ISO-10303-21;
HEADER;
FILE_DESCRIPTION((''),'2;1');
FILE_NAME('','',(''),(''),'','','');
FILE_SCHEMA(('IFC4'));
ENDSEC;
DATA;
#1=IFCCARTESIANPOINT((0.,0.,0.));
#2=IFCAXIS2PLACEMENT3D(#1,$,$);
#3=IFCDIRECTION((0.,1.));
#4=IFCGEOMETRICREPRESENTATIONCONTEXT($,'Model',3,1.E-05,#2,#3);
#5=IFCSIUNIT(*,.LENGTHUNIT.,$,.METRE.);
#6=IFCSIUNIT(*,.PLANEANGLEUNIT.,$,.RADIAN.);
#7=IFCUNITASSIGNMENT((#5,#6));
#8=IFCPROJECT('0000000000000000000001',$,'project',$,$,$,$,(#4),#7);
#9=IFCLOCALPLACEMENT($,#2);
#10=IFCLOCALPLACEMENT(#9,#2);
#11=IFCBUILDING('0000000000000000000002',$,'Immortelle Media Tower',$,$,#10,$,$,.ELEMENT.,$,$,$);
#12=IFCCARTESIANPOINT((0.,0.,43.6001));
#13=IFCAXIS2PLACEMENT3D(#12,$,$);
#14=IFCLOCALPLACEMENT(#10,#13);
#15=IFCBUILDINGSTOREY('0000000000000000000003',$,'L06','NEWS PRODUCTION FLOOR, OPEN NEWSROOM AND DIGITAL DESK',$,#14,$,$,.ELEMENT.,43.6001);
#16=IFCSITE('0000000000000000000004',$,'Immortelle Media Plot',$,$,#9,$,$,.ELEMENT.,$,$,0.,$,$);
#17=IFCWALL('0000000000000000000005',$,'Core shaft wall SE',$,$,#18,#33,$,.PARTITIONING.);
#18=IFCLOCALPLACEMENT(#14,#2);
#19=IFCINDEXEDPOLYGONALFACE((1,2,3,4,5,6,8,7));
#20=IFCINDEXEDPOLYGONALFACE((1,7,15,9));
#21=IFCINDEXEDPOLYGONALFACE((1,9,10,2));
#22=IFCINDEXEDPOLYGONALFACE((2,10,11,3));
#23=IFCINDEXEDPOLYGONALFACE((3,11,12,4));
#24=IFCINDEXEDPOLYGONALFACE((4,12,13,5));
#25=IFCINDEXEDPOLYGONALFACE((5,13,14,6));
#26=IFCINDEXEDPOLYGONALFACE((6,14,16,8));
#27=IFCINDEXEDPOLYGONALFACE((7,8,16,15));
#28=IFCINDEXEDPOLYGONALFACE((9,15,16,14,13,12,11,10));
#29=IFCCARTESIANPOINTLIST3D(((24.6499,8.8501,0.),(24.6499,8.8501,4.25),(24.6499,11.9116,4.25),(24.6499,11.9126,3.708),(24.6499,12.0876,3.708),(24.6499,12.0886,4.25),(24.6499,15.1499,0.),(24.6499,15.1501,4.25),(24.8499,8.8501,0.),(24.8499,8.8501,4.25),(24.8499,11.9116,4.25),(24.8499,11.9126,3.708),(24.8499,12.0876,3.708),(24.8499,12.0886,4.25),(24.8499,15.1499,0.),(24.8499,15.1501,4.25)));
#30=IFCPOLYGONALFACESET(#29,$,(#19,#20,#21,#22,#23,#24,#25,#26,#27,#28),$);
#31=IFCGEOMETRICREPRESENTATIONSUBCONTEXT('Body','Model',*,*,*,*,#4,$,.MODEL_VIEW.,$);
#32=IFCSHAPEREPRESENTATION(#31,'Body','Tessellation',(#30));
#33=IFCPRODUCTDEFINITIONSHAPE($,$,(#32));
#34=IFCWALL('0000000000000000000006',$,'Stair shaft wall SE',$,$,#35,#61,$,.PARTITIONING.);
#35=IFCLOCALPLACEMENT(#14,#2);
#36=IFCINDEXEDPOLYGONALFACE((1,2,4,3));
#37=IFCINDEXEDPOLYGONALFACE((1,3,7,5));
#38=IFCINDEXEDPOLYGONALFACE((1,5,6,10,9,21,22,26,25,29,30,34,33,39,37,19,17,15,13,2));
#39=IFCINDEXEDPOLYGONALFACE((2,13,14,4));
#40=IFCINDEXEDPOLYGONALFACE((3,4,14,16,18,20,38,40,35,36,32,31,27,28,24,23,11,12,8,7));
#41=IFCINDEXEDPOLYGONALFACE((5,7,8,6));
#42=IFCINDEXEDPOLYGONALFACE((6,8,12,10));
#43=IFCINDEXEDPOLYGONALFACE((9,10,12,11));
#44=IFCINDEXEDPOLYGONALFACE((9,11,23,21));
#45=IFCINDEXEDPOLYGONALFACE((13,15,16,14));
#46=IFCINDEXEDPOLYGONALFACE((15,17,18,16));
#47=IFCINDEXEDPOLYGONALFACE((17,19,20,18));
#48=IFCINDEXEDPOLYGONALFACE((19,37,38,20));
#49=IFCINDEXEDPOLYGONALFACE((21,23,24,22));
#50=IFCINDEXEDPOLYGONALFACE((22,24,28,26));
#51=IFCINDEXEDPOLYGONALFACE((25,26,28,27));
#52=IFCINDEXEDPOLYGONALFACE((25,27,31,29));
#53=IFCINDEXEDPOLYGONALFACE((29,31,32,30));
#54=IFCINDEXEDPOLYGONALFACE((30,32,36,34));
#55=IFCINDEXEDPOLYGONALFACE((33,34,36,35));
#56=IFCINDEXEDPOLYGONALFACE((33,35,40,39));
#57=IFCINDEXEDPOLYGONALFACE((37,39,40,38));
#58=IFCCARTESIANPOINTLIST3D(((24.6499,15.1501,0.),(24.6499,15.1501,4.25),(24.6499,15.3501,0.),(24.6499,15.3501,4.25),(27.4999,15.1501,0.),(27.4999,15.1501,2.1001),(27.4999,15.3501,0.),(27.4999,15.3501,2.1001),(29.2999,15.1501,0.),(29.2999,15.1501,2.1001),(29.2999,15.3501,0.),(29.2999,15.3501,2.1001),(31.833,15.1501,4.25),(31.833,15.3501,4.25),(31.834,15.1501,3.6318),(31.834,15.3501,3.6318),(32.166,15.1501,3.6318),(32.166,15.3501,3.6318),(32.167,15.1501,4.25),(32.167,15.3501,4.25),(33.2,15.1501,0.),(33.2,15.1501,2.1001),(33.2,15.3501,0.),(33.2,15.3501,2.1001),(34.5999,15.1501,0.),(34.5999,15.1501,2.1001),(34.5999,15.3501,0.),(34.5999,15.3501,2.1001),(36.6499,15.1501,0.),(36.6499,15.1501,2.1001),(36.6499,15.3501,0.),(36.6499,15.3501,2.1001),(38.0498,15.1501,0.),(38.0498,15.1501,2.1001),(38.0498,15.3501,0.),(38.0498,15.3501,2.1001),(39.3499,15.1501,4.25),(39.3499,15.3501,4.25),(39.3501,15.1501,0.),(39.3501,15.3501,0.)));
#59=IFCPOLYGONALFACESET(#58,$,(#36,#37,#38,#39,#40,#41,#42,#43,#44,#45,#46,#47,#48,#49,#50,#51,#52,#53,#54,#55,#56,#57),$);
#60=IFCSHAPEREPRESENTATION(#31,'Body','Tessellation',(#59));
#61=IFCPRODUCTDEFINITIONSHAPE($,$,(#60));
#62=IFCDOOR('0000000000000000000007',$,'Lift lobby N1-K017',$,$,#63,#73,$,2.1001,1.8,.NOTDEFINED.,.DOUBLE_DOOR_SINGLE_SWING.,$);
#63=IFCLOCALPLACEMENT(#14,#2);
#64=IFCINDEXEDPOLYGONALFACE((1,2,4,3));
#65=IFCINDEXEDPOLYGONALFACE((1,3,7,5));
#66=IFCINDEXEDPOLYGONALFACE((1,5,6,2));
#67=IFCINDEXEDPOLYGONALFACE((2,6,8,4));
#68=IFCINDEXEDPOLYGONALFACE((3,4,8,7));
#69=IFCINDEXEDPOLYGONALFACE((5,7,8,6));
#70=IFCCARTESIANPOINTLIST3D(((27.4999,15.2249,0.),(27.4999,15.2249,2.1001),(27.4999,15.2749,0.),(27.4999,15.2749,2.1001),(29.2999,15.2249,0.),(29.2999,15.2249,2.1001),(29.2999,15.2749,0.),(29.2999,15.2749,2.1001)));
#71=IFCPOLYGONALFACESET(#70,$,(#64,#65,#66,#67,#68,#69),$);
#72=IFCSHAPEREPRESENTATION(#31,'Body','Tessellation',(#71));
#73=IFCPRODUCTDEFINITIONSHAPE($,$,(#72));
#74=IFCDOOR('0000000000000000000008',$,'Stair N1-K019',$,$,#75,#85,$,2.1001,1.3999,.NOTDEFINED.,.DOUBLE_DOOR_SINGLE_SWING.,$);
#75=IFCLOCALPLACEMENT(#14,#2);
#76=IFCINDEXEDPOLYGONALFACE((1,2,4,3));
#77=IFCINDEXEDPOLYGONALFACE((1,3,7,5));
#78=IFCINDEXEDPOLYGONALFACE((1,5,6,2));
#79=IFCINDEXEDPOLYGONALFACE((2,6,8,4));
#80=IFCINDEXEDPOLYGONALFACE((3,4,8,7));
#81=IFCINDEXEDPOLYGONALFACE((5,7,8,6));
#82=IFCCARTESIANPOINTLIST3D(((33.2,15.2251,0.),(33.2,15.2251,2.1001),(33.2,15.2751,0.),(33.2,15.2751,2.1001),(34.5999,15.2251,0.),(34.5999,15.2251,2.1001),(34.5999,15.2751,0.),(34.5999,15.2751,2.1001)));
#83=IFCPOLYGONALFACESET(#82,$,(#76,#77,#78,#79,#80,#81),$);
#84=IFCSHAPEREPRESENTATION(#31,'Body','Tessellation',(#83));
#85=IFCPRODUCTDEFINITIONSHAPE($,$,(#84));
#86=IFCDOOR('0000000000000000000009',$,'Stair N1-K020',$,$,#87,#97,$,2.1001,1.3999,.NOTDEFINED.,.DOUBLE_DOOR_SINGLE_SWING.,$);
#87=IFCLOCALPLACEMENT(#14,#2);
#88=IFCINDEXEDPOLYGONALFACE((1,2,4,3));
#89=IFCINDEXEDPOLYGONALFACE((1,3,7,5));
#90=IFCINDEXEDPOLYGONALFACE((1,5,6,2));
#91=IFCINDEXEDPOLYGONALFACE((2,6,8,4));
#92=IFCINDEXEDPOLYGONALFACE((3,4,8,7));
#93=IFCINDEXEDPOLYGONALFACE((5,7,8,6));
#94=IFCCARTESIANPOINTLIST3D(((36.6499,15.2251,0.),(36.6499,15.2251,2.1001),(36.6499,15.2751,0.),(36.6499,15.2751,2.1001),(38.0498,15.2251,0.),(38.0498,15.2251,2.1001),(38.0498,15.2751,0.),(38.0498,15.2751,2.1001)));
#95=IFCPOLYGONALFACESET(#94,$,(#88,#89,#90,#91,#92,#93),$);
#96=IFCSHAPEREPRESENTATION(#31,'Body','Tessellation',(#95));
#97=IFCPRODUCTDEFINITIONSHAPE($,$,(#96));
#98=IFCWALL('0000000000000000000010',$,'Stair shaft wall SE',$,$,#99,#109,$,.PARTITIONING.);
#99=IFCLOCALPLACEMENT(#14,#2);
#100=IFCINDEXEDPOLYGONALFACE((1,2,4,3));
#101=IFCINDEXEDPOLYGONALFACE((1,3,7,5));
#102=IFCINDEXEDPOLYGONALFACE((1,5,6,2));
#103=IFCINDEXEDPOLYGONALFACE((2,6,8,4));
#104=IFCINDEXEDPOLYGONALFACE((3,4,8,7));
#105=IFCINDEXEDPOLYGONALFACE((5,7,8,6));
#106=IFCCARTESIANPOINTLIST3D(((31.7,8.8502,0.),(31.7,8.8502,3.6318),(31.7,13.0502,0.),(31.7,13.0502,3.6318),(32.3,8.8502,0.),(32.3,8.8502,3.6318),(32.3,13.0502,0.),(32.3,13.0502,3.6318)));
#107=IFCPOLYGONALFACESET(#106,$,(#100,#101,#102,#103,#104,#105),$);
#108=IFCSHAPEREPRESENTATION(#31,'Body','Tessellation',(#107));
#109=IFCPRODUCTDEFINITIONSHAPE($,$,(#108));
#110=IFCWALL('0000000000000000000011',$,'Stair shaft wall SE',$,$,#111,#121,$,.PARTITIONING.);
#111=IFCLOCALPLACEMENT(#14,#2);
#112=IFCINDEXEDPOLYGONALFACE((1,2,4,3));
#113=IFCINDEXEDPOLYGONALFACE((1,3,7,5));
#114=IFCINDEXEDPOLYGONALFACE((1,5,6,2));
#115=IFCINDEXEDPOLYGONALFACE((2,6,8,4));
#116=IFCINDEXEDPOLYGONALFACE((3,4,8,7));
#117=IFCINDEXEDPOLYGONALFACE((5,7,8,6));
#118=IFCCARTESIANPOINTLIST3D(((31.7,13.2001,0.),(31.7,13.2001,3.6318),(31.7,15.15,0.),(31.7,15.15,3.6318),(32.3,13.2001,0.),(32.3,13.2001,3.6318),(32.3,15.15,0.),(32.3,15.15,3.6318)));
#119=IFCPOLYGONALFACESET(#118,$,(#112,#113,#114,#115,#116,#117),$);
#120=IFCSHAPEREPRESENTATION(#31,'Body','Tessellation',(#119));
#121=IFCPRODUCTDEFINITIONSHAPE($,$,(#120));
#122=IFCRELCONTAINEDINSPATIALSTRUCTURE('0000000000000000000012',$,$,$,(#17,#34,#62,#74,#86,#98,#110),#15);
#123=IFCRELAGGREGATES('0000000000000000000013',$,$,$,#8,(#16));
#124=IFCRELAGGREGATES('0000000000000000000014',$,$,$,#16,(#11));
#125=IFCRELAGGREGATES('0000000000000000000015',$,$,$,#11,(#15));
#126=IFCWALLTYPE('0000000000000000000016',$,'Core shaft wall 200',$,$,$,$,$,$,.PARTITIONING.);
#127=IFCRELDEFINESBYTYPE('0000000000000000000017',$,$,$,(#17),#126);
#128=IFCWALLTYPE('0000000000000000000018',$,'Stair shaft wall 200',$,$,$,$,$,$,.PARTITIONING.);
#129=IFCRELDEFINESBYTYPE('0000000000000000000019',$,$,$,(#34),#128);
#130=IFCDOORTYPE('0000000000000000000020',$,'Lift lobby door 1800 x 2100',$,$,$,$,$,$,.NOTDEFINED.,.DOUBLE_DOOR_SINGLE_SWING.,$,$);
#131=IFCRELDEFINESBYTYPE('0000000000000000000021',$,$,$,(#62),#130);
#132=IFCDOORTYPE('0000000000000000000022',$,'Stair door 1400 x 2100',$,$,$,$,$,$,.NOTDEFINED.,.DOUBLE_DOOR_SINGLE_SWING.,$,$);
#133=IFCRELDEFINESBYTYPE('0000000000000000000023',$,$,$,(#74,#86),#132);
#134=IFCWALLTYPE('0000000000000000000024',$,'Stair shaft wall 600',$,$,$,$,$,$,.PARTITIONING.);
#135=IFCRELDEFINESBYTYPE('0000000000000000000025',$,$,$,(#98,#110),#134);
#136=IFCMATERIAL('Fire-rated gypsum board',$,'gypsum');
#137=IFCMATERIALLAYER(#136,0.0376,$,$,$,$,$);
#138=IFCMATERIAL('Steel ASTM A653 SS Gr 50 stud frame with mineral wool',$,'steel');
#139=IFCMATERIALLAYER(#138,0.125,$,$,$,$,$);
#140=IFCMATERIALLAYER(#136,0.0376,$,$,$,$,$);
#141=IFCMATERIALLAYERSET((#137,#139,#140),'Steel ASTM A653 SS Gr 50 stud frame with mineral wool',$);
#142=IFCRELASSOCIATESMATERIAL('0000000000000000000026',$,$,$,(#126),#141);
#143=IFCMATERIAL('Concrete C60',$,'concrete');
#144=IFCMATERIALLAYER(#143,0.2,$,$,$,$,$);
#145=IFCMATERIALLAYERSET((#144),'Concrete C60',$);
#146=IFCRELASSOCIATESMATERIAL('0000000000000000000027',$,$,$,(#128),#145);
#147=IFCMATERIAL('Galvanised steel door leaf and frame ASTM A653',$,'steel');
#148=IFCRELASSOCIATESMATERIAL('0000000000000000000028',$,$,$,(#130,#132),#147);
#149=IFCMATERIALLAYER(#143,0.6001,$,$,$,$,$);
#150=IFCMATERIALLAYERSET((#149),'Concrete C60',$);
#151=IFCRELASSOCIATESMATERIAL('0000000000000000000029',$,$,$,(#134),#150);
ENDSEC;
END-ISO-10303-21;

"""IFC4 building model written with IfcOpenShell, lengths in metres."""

from ifc_helpers import new_model, si_unit, direction, frame, frame_2d, origin, place, context, subcontext, project, spatial, polyline, rectangle, outline, extrude, material, layer, layer_set, type_object, element, fill, save


model = new_model("IFC4")

# Units and contexts
model_context = context("Model", 3, precision=1e-05, world=origin(), true_north=direction((0.0, 1.0)))
body_context = subcontext(model_context, "Body", "Model", "MODEL_VIEW")
ifc_project = project(units=[si_unit("LENGTHUNIT", "METRE"), si_unit("PLANEANGLEUNIT", "RADIAN")], contexts=[model_context])

# Site, building, storey
site_placement = place(None, origin())
site = spatial("IfcSite", under=ifc_project, at=site_placement, Name="Immortelle Media Plot", CompositionType="ELEMENT", RefElevation=0.0)
building_placement = place(site_placement, origin())
building = spatial("IfcBuilding", under=site, at=building_placement, Name="Immortelle Media Tower", CompositionType="ELEMENT")
storey_placement = place(building_placement, frame((0.0, 0.0, 43.6001)))
storey = spatial("IfcBuildingStorey", under=building, at=storey_placement, Name="L06", Description="NEWS PRODUCTION FLOOR, OPEN NEWSROOM AND DIGITAL DESK", CompositionType="ELEMENT", Elevation=43.6001)

# Shared definitions
ifc_material_1 = material(Name="Fire-rated gypsum board", Category="gypsum")
ifc_material_2 = material(Name="Steel ASTM A653 SS Gr 50 stud frame with mineral wool", Category="steel")
ifc_material_3 = material(Name="Galvanised steel door leaf and frame ASTM A653", Category="steel")

# Wall
ifc_layer_1 = layer(ifc_material_1, 0.0376)
ifc_layer_2 = layer(ifc_material_2, 0.125)
ifc_layer_3 = layer(ifc_material_1, 0.0376)
ifc_layer_set_1 = layer_set([ifc_layer_1, ifc_layer_2, ifc_layer_3], Name="Steel ASTM A653 SS Gr 50 stud frame with mineral wool")
wall_type_1 = type_object("IfcWallType", Name="Core shaft wall 200", PredefinedType="PARTITIONING", material=ifc_layer_set_1)
wall_1_placement = place(storey_placement, frame((24.75, 8.8501, 0.0), z_axis=(0.0, 0.0, 1.0), x_axis=(0.0, 1.0, 0.0)))
element("IfcWall", 1, at=wall_1_placement, inside=storey, type_object=wall_type_1, Name="Core shaft wall SE", PredefinedType="PARTITIONING", context=body_context, shape_type="SweptSolid", body=[
    extrude(outline(polyline([(0.0, 0.0), (6.2998, 0.0), (6.3, 4.25), (3.2385, 4.25), (3.2375, 3.708), (3.0625, 3.708), (3.0615, 4.25), (0.0, 4.25), (0.0, 0.0)])), frame((0.0, 0.1001, 0.0), z_axis=(0.0, -1.0, 0.0), x_axis=(1.0, 0.0, 0.0)), (0.0, 0.0, 1.0), 0.2),
])

# Wall, openings, doors
ifc_material_4 = material(Name="Concrete C60", Category="concrete")
ifc_layer_4 = layer(ifc_material_4, 0.2)
ifc_layer_set_2 = layer_set([ifc_layer_4], Name="Concrete C60")
wall_type_2 = type_object("IfcWallType", Name="Stair shaft wall 200", PredefinedType="PARTITIONING", material=ifc_layer_set_2)
wall_2_placement = place(storey_placement, frame((24.6499, 15.25, 0.0), z_axis=(0.0, 0.0, 1.0), x_axis=(1.0, 0.0, 0.0)))
wall_2 = element("IfcWall", 2, at=wall_2_placement, inside=storey, type_object=wall_type_2, Name="Stair shaft wall SE", PredefinedType="PARTITIONING", context=body_context, shape_type="SweptSolid", body=[
    extrude(outline(polyline([(0.0, 0.0), (14.7002, 0.0), (14.7, 4.25), (7.5171, 4.25), (7.5161, 3.6318), (7.1841, 3.6318), (7.1831, 4.25), (0.0, 4.25), (0.0, 0.0)])), frame((0.0, 0.1001, 0.0), z_axis=(0.0, -1.0, 0.0), x_axis=(1.0, 0.0, 0.0)), (0.0, 0.0, 1.0), 0.2),
])
opening_1_placement = place(wall_2_placement, frame((2.8501, 0.0, 0.0)))
opening_1 = element("IfcOpeningElement", 3, at=opening_1_placement, cuts=wall_2, PredefinedType="OPENING", context=body_context, shape_type="SweptSolid", body=[
    extrude(rectangle(XDim=1.8, YDim=2.1001, at=frame_2d((0.8999, 1.05))), frame((0.0, 0.1099, 0.0), z_axis=(0.0, -1.0, 0.0), x_axis=(1.0, 0.0, 0.0)), (0.0, 0.0, 1.0), 0.22),
])
opening_2_placement = place(wall_2_placement, frame((9.95, 0.0, 0.0), z_axis=(0.0, 0.0, 1.0), x_axis=(-1.0, 0.0, 0.0)))
opening_2 = element("IfcOpeningElement", 4, at=opening_2_placement, cuts=wall_2, PredefinedType="OPENING", context=body_context, shape_type="SweptSolid", body=[
    extrude(rectangle(XDim=1.3999, YDim=2.1001, at=frame_2d((0.7, 1.05))), frame((0.0, 0.1099, 0.0), z_axis=(0.0, -1.0, 0.0), x_axis=(1.0, 0.0, 0.0)), (0.0, 0.0, 1.0), 0.22),
])
opening_3_placement = place(wall_2_placement, frame((13.3999, 0.0, 0.0), z_axis=(0.0, 0.0, 1.0), x_axis=(-1.0, 0.0, 0.0)))
opening_3 = element("IfcOpeningElement", 5, at=opening_3_placement, cuts=wall_2, PredefinedType="OPENING", context=body_context, shape_type="SweptSolid", body=[
    extrude(rectangle(XDim=1.3999, YDim=2.1001, at=frame_2d((0.7, 1.05))), frame((0.0, 0.1099, 0.0), z_axis=(0.0, -1.0, 0.0), x_axis=(1.0, 0.0, 0.0)), (0.0, 0.0, 1.0), 0.22),
])
door_type_1 = type_object("IfcDoorType", Name="Lift lobby door 1800 x 2100", OperationType="DOUBLE_DOOR_SINGLE_SWING", PredefinedType="NOTDEFINED", material=ifc_material_3)
door_1_placement = place(opening_1_placement, origin())
door_1 = element("IfcDoor", 6, at=door_1_placement, inside=storey, type_object=door_type_1, Name="Lift lobby N1-K017", OperationType="DOUBLE_DOOR_SINGLE_SWING", OverallHeight=2.1001, OverallWidth=1.8, PredefinedType="NOTDEFINED", context=body_context, shape_type="SweptSolid", body=[
    extrude(rectangle(XDim=1.8, YDim=2.1001, at=frame_2d((0.8999, 1.05))), frame((0.0, 0.0249, 0.0), z_axis=(0.0, -1.0, 0.0), x_axis=(1.0, 0.0, 0.0)), (0.0, 0.0, 1.0), 0.05),
])
fill(opening_1, door_1)
door_type_2 = type_object("IfcDoorType", Name="Stair door 1400 x 2100", OperationType="DOUBLE_DOOR_SINGLE_SWING", PredefinedType="NOTDEFINED", material=ifc_material_3)
door_2_placement = place(opening_2_placement, origin())
door_2 = element("IfcDoor", 7, at=door_2_placement, inside=storey, type_object=door_type_2, Name="Stair N1-K019", OperationType="DOUBLE_DOOR_SINGLE_SWING", OverallHeight=2.1001, OverallWidth=1.3999, PredefinedType="NOTDEFINED", context=body_context, shape_type="SweptSolid", body=[
    extrude(rectangle(XDim=1.3999, YDim=2.1001, at=frame_2d((0.7, 1.05))), frame((0.0, 0.0249, 0.0), z_axis=(0.0, -1.0, 0.0), x_axis=(1.0, 0.0, 0.0)), (0.0, 0.0, 1.0), 0.05),
])
fill(opening_2, door_2)
door_3_placement = place(opening_3_placement, origin())
door_3 = element("IfcDoor", 8, at=door_3_placement, inside=storey, type_object=door_type_2, Name="Stair N1-K020", OperationType="DOUBLE_DOOR_SINGLE_SWING", OverallHeight=2.1001, OverallWidth=1.3999, PredefinedType="NOTDEFINED", context=body_context, shape_type="SweptSolid", body=[
    extrude(rectangle(XDim=1.3999, YDim=2.1001, at=frame_2d((0.7, 1.05))), frame((0.0, 0.0249, 0.0), z_axis=(0.0, -1.0, 0.0), x_axis=(1.0, 0.0, 0.0)), (0.0, 0.0, 1.0), 0.05),
])
fill(opening_3, door_3)

# Walls
ifc_layer_5 = layer(ifc_material_4, 0.6001)
ifc_layer_set_3 = layer_set([ifc_layer_5], Name="Concrete C60")
wall_type_3 = type_object("IfcWallType", Name="Stair shaft wall 600", PredefinedType="PARTITIONING", material=ifc_layer_set_3)
wall_3_placement = place(storey_placement, frame((32.0, 8.8501, 0.0), z_axis=(0.0, 0.0, 1.0), x_axis=(0.0, 1.0, 0.0)))
element("IfcWall", 9, at=wall_3_placement, inside=storey, type_object=wall_type_3, Name="Stair shaft wall SE", PredefinedType="PARTITIONING", context=body_context, shape_type="SweptSolid", body=[
    extrude(rectangle(XDim=4.2, YDim=0.6001, at=frame_2d((2.1001, 0.0))), origin(), (0.0, 0.0, 1.0), 3.6318),
])
wall_4_placement = place(storey_placement, frame((32.0, 13.2, 0.0), z_axis=(0.0, 0.0, 1.0), x_axis=(0.0, 1.0, 0.0)))
element("IfcWall", 10, at=wall_4_placement, inside=storey, type_object=wall_type_3, Name="Stair shaft wall SE", PredefinedType="PARTITIONING", context=body_context, shape_type="SweptSolid", body=[
    extrude(rectangle(XDim=1.95, YDim=0.6001, at=frame_2d((0.9751, 0.0))), origin(), (0.0, 0.0, 1.0), 3.6318),
])

save(model, "model.ifc")
